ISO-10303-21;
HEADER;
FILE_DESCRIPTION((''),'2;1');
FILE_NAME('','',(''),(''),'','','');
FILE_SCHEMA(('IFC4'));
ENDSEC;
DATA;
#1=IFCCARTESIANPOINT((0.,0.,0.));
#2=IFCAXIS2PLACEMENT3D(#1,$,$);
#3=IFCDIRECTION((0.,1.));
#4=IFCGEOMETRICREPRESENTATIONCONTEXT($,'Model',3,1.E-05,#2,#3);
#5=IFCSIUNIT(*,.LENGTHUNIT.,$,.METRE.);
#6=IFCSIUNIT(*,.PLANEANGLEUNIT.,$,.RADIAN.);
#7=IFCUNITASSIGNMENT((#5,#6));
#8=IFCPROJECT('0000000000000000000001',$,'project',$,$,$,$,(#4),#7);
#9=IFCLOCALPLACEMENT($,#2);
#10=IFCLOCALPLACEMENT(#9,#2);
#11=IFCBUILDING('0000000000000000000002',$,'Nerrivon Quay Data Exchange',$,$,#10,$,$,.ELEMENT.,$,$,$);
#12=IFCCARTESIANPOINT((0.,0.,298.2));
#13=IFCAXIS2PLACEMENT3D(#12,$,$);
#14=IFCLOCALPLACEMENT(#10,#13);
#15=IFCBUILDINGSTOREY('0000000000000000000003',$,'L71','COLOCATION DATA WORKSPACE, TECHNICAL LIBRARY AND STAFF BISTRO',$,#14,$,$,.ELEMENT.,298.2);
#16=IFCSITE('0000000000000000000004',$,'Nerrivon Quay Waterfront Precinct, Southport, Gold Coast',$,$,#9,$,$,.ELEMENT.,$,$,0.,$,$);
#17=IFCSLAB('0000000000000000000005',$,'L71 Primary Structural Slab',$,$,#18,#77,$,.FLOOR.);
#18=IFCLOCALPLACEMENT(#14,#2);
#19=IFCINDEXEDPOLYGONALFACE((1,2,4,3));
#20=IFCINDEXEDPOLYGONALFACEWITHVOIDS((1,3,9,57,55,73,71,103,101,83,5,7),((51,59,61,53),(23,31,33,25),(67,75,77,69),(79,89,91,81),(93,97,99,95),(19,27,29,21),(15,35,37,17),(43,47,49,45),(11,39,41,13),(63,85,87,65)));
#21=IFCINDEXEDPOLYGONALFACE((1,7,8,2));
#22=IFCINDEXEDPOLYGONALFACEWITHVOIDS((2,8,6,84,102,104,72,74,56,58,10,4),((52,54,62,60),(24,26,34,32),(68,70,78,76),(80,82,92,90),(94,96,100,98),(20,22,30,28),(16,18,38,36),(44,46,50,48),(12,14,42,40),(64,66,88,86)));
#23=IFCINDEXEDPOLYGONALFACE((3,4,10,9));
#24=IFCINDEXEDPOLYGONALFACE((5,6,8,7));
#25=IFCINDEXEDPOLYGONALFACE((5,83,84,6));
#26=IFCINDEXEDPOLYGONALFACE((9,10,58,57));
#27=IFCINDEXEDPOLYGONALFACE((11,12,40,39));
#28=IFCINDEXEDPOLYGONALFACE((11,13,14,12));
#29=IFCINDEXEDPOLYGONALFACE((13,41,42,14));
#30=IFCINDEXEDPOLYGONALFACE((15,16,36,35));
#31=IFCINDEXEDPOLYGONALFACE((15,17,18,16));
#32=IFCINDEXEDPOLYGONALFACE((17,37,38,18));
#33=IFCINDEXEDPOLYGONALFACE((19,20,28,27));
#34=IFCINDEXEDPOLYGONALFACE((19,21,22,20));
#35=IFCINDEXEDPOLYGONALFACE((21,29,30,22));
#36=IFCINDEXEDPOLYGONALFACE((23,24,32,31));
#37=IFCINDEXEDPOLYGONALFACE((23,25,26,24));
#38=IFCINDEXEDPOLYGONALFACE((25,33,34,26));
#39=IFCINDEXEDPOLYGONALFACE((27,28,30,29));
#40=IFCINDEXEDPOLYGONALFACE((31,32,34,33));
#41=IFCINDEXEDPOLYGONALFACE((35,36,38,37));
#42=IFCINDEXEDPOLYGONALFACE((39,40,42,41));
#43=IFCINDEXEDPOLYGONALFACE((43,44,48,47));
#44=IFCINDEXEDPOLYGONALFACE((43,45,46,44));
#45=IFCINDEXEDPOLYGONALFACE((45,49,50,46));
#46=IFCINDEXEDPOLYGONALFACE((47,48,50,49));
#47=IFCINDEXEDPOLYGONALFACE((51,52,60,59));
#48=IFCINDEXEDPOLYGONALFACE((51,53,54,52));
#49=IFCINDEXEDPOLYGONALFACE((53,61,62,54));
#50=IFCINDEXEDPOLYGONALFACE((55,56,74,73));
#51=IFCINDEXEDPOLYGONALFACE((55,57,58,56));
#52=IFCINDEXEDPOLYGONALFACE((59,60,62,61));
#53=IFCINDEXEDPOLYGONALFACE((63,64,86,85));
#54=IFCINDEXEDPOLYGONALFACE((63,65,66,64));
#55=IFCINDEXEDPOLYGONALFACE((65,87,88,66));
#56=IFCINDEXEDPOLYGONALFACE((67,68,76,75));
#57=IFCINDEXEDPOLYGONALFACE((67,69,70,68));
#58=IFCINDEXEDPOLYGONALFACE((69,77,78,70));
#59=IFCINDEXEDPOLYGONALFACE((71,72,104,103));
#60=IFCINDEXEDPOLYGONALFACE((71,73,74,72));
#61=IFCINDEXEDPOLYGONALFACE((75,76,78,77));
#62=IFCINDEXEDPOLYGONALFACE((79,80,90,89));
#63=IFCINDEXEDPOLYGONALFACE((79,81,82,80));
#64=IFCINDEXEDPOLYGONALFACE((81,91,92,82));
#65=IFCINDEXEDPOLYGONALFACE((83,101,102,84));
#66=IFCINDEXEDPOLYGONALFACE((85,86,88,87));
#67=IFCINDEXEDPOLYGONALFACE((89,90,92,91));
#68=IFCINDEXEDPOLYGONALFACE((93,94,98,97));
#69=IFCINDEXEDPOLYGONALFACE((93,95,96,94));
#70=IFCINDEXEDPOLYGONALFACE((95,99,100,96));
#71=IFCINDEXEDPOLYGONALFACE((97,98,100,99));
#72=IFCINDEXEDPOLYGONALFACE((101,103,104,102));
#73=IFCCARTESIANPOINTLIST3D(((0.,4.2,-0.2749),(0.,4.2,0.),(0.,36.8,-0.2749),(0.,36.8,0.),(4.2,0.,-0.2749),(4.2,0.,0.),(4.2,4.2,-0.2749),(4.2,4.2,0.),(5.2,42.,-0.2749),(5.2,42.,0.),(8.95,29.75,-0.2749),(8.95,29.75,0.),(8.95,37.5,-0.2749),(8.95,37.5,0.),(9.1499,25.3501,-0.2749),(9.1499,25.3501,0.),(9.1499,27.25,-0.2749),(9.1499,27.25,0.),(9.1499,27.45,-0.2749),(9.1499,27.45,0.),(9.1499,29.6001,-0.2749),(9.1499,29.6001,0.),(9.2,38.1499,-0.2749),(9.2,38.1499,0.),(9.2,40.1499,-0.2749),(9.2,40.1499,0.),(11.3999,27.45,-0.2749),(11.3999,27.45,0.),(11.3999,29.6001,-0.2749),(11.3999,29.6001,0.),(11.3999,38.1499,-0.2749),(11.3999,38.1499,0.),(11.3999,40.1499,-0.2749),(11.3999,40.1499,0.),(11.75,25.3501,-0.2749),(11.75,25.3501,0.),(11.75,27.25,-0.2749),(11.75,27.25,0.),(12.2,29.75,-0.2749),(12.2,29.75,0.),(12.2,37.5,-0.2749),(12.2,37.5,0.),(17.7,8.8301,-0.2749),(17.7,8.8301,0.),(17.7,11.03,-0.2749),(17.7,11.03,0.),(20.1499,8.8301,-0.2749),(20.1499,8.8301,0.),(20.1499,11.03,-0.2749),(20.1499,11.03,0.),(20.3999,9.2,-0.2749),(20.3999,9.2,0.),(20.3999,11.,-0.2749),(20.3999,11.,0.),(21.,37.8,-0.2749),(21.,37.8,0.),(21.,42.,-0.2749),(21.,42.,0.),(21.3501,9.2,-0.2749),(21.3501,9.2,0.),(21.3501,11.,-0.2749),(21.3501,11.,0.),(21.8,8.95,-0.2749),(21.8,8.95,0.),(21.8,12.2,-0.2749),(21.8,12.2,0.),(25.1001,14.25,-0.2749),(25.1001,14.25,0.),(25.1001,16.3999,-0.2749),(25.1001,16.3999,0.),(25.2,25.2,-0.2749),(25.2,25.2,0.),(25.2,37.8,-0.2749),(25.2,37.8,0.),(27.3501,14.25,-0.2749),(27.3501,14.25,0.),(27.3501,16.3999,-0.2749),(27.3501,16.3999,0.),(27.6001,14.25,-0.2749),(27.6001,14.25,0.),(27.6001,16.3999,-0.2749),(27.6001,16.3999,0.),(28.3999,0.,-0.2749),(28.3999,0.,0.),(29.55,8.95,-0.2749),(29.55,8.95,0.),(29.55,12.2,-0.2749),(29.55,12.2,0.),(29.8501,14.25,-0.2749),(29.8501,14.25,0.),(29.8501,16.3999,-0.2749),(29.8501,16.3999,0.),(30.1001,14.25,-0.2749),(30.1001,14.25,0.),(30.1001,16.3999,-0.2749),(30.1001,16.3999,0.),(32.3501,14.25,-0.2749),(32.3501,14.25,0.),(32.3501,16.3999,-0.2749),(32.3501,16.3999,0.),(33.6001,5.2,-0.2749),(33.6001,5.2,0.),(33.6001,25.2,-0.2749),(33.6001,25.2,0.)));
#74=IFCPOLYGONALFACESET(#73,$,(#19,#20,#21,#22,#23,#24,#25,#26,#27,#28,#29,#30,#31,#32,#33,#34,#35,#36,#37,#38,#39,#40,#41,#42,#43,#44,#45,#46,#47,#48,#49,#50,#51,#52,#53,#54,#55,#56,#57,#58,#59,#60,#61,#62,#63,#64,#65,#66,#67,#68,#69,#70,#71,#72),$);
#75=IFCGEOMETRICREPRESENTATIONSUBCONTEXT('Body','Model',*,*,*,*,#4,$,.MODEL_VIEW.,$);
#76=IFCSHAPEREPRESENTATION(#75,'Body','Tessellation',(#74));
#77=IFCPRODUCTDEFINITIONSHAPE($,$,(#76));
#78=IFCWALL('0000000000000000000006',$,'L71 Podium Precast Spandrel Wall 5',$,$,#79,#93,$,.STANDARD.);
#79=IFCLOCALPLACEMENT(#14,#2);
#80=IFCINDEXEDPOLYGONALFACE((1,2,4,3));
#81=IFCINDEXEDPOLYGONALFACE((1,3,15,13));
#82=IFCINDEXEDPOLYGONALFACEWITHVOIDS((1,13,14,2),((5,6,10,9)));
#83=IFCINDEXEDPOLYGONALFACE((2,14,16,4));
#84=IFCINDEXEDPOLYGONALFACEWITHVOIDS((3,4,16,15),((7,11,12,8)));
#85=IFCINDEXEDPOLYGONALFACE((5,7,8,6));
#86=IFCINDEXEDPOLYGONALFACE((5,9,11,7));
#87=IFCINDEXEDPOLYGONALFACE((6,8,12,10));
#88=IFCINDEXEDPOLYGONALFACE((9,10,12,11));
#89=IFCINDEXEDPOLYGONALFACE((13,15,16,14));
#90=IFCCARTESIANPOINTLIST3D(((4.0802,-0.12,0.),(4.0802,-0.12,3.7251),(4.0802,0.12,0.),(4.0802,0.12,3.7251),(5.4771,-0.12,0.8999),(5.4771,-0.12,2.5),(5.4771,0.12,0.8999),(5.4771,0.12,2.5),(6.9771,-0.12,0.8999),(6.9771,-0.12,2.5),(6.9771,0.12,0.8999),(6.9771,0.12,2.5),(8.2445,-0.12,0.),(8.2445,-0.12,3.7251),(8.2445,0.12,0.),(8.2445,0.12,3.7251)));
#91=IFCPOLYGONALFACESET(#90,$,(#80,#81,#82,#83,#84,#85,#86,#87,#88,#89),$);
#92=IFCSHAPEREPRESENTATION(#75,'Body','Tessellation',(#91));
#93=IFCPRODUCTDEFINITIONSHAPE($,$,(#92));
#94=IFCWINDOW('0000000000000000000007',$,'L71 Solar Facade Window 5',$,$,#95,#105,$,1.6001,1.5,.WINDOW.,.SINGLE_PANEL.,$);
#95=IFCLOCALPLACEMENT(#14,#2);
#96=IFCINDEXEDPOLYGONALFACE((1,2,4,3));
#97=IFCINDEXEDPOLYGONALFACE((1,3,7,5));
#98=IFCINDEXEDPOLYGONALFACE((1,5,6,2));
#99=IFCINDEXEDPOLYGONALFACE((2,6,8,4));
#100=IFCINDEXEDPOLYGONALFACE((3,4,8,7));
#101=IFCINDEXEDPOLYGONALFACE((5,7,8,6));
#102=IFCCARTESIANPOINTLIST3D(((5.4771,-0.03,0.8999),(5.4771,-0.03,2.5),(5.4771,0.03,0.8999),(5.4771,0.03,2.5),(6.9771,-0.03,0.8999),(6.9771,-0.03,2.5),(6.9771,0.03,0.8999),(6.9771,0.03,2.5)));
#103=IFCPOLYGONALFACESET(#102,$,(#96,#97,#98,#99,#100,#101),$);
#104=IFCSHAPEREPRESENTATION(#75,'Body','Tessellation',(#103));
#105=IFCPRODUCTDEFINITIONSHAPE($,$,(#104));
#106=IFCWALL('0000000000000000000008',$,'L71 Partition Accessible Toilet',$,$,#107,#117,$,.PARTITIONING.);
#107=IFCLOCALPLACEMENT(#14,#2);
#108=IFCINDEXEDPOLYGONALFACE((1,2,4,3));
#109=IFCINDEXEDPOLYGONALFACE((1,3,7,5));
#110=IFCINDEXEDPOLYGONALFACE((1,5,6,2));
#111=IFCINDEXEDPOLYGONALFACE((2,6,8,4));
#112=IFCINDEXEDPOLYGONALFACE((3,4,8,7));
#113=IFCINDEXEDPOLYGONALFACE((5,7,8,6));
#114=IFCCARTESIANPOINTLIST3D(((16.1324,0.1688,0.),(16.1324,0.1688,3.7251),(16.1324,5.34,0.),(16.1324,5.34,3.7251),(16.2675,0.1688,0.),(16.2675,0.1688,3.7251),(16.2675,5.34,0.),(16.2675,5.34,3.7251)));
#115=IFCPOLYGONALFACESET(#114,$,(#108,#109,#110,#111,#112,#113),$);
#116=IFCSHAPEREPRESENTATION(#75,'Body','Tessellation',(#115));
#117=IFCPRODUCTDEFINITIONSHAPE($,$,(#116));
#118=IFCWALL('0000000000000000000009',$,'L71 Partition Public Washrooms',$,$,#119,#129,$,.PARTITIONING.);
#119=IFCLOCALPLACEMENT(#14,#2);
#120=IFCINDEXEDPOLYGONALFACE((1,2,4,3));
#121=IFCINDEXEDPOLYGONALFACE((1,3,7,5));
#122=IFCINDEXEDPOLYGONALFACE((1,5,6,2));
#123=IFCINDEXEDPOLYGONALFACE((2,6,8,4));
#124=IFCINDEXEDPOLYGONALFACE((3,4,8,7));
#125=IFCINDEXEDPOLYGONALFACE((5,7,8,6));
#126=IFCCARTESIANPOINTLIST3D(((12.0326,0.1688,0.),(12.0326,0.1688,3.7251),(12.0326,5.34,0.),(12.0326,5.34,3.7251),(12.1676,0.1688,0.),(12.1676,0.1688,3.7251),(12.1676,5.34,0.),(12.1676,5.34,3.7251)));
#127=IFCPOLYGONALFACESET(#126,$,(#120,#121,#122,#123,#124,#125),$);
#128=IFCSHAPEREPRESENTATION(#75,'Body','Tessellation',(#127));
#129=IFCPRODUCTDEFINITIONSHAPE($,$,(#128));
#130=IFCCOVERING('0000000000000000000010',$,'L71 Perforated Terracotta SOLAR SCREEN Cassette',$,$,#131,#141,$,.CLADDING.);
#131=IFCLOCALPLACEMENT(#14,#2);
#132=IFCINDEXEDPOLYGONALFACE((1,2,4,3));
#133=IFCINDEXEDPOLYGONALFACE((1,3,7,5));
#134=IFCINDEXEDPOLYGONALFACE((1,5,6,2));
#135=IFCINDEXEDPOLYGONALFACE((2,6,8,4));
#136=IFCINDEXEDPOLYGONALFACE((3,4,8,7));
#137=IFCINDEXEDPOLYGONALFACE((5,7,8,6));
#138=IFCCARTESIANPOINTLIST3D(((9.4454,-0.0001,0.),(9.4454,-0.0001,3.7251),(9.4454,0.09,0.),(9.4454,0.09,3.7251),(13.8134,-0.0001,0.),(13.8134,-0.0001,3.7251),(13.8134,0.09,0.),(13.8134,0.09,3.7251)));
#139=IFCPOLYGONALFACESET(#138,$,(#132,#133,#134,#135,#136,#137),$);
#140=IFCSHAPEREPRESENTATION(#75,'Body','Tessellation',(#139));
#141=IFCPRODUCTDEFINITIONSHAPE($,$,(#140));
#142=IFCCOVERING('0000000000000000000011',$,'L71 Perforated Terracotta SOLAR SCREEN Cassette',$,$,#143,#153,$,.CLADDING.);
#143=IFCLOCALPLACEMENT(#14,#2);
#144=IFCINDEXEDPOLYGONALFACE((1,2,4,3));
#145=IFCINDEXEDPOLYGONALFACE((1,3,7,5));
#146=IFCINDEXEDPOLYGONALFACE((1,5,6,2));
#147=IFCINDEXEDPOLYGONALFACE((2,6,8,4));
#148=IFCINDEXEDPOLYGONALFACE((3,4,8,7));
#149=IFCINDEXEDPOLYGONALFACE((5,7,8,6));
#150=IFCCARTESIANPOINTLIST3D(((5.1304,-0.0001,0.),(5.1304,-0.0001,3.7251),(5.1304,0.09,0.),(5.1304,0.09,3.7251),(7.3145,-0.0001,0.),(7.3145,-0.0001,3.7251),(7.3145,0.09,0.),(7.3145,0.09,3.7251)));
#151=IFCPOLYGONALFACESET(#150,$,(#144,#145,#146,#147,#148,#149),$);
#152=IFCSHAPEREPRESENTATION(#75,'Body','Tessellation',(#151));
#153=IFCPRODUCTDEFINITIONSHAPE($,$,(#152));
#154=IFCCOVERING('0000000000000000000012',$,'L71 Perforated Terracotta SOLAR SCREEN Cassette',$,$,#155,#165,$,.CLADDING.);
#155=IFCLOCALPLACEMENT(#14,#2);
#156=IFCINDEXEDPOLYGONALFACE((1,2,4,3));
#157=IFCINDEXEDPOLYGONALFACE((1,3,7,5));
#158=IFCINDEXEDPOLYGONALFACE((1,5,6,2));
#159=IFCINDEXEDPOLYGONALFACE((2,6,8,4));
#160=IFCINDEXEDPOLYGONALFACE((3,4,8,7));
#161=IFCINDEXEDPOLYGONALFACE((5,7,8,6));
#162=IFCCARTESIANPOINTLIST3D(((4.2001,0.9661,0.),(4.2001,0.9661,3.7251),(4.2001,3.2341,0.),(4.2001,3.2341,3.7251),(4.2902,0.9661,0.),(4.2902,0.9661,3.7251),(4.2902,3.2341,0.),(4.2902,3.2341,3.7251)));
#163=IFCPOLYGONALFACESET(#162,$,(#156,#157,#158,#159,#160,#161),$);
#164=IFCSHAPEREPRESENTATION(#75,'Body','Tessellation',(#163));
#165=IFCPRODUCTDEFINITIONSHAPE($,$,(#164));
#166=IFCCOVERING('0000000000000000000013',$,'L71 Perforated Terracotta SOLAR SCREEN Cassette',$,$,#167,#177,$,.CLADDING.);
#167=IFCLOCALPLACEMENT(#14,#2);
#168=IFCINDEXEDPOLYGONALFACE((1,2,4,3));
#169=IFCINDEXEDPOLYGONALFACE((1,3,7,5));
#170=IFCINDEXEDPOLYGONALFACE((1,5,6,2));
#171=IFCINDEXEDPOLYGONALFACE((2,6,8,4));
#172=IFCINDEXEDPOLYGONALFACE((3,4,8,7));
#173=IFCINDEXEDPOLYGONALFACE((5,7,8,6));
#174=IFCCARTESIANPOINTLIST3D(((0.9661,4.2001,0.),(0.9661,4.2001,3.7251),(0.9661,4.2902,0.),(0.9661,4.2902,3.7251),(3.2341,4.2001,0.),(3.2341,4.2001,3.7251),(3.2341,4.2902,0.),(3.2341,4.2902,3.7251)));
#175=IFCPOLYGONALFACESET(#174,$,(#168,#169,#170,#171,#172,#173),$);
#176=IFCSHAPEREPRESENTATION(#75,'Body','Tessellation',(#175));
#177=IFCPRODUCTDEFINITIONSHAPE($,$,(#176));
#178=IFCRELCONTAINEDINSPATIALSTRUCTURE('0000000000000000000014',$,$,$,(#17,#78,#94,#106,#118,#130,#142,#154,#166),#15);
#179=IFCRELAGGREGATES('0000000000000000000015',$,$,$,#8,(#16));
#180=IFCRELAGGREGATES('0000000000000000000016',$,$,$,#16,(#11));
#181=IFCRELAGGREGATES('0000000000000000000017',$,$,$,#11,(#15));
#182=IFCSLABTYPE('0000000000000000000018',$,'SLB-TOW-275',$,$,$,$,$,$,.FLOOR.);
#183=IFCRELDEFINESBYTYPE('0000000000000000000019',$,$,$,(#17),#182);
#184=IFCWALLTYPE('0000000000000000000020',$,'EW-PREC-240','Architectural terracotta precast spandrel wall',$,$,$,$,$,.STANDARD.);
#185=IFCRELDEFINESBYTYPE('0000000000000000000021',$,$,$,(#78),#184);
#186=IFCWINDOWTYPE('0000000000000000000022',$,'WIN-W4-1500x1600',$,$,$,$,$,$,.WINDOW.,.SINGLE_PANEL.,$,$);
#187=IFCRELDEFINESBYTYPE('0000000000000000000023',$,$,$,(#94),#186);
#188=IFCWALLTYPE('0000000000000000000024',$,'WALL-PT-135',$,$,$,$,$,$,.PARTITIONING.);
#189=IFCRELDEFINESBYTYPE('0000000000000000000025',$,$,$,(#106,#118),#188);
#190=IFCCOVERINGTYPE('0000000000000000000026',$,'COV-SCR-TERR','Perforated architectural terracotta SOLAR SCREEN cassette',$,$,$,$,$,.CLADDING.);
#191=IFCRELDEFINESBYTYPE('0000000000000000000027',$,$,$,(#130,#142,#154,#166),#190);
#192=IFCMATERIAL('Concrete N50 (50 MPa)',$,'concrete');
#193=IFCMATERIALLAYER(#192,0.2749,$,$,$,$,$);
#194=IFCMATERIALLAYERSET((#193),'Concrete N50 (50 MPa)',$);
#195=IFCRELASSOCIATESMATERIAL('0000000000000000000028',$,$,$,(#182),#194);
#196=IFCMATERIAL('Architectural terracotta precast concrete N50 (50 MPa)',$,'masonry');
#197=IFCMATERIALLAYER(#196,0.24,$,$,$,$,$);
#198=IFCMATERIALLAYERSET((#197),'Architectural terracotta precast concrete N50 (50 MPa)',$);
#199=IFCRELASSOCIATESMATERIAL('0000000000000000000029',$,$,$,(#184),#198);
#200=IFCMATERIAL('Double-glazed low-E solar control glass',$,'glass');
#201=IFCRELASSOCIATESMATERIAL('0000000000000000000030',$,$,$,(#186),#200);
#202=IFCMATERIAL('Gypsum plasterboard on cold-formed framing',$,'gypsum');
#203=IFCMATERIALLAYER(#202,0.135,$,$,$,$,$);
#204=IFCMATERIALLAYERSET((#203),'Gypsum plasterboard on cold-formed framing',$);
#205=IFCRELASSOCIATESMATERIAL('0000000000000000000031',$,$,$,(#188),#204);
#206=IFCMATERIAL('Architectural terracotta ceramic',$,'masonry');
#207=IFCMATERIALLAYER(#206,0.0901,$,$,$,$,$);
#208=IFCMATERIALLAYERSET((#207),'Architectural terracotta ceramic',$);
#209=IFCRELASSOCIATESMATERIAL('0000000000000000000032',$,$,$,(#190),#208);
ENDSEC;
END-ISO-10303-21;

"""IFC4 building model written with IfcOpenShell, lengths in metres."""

from ifc_helpers import new_model, si_unit, direction, frame, frame_2d, origin, origin_2d, place, context, subcontext, project, spatial, polyline, rectangle, outline, extrude, material, layer, layer_set, type_object, element, fill, save


model = new_model("IFC4")

# Units and contexts
model_context = context("Model", 3, precision=1e-05, world=origin(), true_north=direction((0.0, 1.0)))
body_context = subcontext(model_context, "Body", "Model", "MODEL_VIEW")
ifc_project = project(units=[si_unit("LENGTHUNIT", "METRE"), si_unit("PLANEANGLEUNIT", "RADIAN")], contexts=[model_context])

# Site, building, storey
site_placement = place(None, origin())
site = spatial("IfcSite", under=ifc_project, at=site_placement, Name="Nerrivon Quay Waterfront Precinct, Southport, Gold Coast", CompositionType="ELEMENT", RefElevation=0.0)
building_placement = place(site_placement, origin())
building = spatial("IfcBuilding", under=site, at=building_placement, Name="Nerrivon Quay Data Exchange", CompositionType="ELEMENT")
storey_placement = place(building_placement, frame((0.0, 0.0, 298.2)))
storey = spatial("IfcBuildingStorey", under=building, at=storey_placement, Name="L71", Description="COLOCATION DATA WORKSPACE, TECHNICAL LIBRARY AND STAFF BISTRO", CompositionType="ELEMENT", Elevation=298.2)

# Shared definitions
ifc_material_1 = material(Name="Double-glazed low-E solar control glass", Category="glass")

# Shared definitions
ifc_material_2 = material(Name="Concrete N50 (50 MPa)", Category="concrete")

# Slab
ifc_layer_1 = layer(ifc_material_2, 0.2749)
ifc_layer_set_1 = layer_set([ifc_layer_1], Name="Concrete N50 (50 MPa)")
slab_type_1 = type_object("IfcSlabType", Name="SLB-TOW-275", PredefinedType="FLOOR", material=ifc_layer_set_1)
slab_1_placement = place(storey_placement, frame((0.0, 0.0, -0.2749)))
element("IfcSlab", 1, at=slab_1_placement, inside=storey, type_object=slab_type_1, Name="L71 Primary Structural Slab", PredefinedType="FLOOR", context=body_context, shape_type="SweptSolid", body=[
    extrude(outline(polyline([(33.6001, 25.2), (25.2, 25.2), (25.2, 37.8), (21.0, 37.8), (21.0, 42.0), (5.2, 42.0), (0.0, 36.8), (0.0, 4.2), (4.2, 4.2), (4.2, 0.0), (28.3999, 0.0), (33.6001, 5.2), (33.6001, 25.2)]), holes=[polyline([(8.95, 29.75), (8.95, 37.5), (12.2, 37.5), (12.2, 29.75), (8.95, 29.75)]), polyline([(21.8, 12.2), (29.55, 12.2), (29.55, 8.95), (21.8, 8.95), (21.8, 12.2)]), polyline([(30.1001, 14.25), (30.1001, 16.3999), (32.3501, 16.3999), (32.3501, 14.25), (30.1001, 14.25)]), polyline([(27.6001, 14.25), (27.6001, 16.3999), (29.8501, 16.3999), (29.8501, 14.25), (27.6001, 14.25)]), polyline([(25.1001, 14.25), (25.1001, 16.3999), (27.3501, 16.3999), (27.3501, 14.25), (25.1001, 14.25)]), polyline([(20.3999, 9.2), (20.3999, 11.0), (21.3501, 11.0), (21.3501, 9.2), (20.3999, 9.2)]), polyline([(17.7, 8.8301), (17.7, 11.03), (20.1499, 11.03), (20.1499, 8.8301), (17.7, 8.8301)]), polyline([(9.1499, 25.3501), (9.1499, 27.25), (11.75, 27.25), (11.75, 25.3501), (9.1499, 25.3501)]), polyline([(9.1499, 27.45), (9.1499, 29.6001), (11.3999, 29.6001), (11.3999, 27.45), (9.1499, 27.45)]), polyline([(9.2, 38.1499), (9.2, 40.1499), (11.3999, 40.1499), (11.3999, 38.1499), (9.2, 38.1499)])]), origin(), (0.0, 0.0, 1.0), 0.2749),
])

# Wall, opening, window
ifc_material_3 = material(Name="Architectural terracotta precast concrete N50 (50 MPa)", Category="masonry")
ifc_layer_2 = layer(ifc_material_3, 0.24)
ifc_layer_set_2 = layer_set([ifc_layer_2], Name="Architectural terracotta precast concrete N50 (50 MPa)")
wall_type_1 = type_object("IfcWallType", Name="EW-PREC-240", Description="Architectural terracotta precast spandrel wall", PredefinedType="STANDARD", material=ifc_layer_set_2)
wall_placement = place(storey_placement, frame((8.2444, 0.0, 0.0), z_axis=(0.0, 0.0, 1.0), x_axis=(-1.0, 0.0, 0.0)))
wall = element("IfcWall", 2, at=wall_placement, inside=storey, type_object=wall_type_1, Name="L71 Podium Precast Spandrel Wall 5", PredefinedType="STANDARD", context=body_context, shape_type="SweptSolid", body=[
    extrude(rectangle(XDim=4.1643, YDim=0.24, at=frame_2d((2.082, 0.0))), origin(), (0.0, 0.0, 1.0), 3.7251),
])
opening_placement = place(wall_placement, frame((1.2673, 0.0, 0.8999)))
opening = element("IfcOpeningElement", 3, at=opening_placement, cuts=wall, PredefinedType="OPENING", context=body_context, shape_type="SweptSolid", body=[
    extrude(rectangle(XDim=1.5, YDim=1.6001, at=frame_2d((0.75, 0.8))), frame((0.0, 0.1299, 0.0), z_axis=(0.0, -1.0, 0.0), x_axis=(1.0, 0.0, 0.0)), (0.0, 0.0, 1.0), 0.26),
])
window_type = type_object("IfcWindowType", Name="WIN-W4-1500x1600", PartitioningType="SINGLE_PANEL", PredefinedType="WINDOW", material=ifc_material_1)
window_placement = place(opening_placement, origin())
window = element("IfcWindow", 4, at=window_placement, inside=storey, type_object=window_type, Name="L71 Solar Facade Window 5", OverallHeight=1.6001, OverallWidth=1.5, PartitioningType="SINGLE_PANEL", PredefinedType="WINDOW", context=body_context, shape_type="SweptSolid", body=[
    extrude(rectangle(XDim=1.5, YDim=1.6001, at=frame_2d((0.75, 0.8))), frame((0.0, 0.03, 0.0), z_axis=(0.0, -1.0, 0.0), x_axis=(1.0, 0.0, 0.0)), (0.0, 0.0, 1.0), 0.0601),
])
fill(opening, window)

# Walls
ifc_material_4 = material(Name="Gypsum plasterboard on cold-formed framing", Category="gypsum")
ifc_layer_3 = layer(ifc_material_4, 0.135)
ifc_layer_set_3 = layer_set([ifc_layer_3], Name="Gypsum plasterboard on cold-formed framing")
wall_type_2 = type_object("IfcWallType", Name="WALL-PT-135", PredefinedType="PARTITIONING", material=ifc_layer_set_3)
for number, where, z_axis, x_axis, name in (
    (5, (16.2, 0.1689, 0.0), (0.0, 0.0, 1.0), (0.0, 1.0, 0.0), "L71 Partition Accessible Toilet"),
    (6, (12.1001, 0.1689, 0.0), (0.0, 0.0, 1.0), (0.0, 1.0, 0.0), "L71 Partition Public Washrooms"),
):
    element("IfcWall", number, at=place(storey_placement, frame(where, z_axis=z_axis, x_axis=x_axis)), inside=storey, type_object=wall_type_2, Name=name, PredefinedType="PARTITIONING", context=body_context, shape_type="SweptSolid", body=[
        extrude(rectangle(XDim=5.1711, YDim=0.135, at=frame_2d((2.5854, 0.0))), origin(), (0.0, 0.0, 1.0), 3.7251),
    ])

# Coverings
ifc_material_5 = material(Name="Architectural terracotta ceramic", Category="masonry")
ifc_layer_4 = layer(ifc_material_5, 0.0901)
ifc_layer_set_4 = layer_set([ifc_layer_4], Name="Architectural terracotta ceramic")
covering_type = type_object("IfcCoveringType", Name="COV-SCR-TERR", Description="Perforated architectural terracotta SOLAR SCREEN cassette", PredefinedType="CLADDING", material=ifc_layer_set_4)
covering_1_placement = place(storey_placement, frame((11.6294, 0.0449, 0.0), z_axis=(0.0, 0.0, 1.0), x_axis=(-1.0, 0.0, 0.0)))
element("IfcCovering", 7, at=covering_1_placement, inside=storey, type_object=covering_type, Name="L71 Perforated Terracotta SOLAR SCREEN Cassette", PredefinedType="CLADDING", context=body_context, shape_type="SweptSolid", body=[
    extrude(rectangle(XDim=4.3679, YDim=0.0901, at=origin_2d()), origin(), (0.0, 0.0, 1.0), 3.7251),
])
covering_2_placement = place(storey_placement, frame((6.2224, 0.0449, 0.0), z_axis=(0.0, 0.0, 1.0), x_axis=(-1.0, 0.0, 0.0)))
element("IfcCovering", 8, at=covering_2_placement, inside=storey, type_object=covering_type, Name="L71 Perforated Terracotta SOLAR SCREEN Cassette", PredefinedType="CLADDING", context=body_context, shape_type="SweptSolid", body=[
    extrude(rectangle(XDim=2.1841, YDim=0.0901, at=origin_2d()), origin(), (0.0, 0.0, 1.0), 3.7251),
])
for number, where, z_axis, x_axis, name in (
    (9, (4.2451, 2.1001, 0.0), (0.0, 0.0, 1.0), (0.0, 1.0, 0.0), "L71 Perforated Terracotta SOLAR SCREEN Cassette"),
    (10, (2.1001, 4.2451, 0.0), (0.0, 0.0, 1.0), (-1.0, 0.0, 0.0), "L71 Perforated Terracotta SOLAR SCREEN Cassette"),
):
    element("IfcCovering", number, at=place(storey_placement, frame(where, z_axis=z_axis, x_axis=x_axis)), inside=storey, type_object=covering_type, Name=name, PredefinedType="CLADDING", context=body_context, shape_type="SweptSolid", body=[
        extrude(rectangle(XDim=2.2681, YDim=0.0901, at=origin_2d()), origin(), (0.0, 0.0, 1.0), 3.7251),
    ])

save(model, "model.ifc")
